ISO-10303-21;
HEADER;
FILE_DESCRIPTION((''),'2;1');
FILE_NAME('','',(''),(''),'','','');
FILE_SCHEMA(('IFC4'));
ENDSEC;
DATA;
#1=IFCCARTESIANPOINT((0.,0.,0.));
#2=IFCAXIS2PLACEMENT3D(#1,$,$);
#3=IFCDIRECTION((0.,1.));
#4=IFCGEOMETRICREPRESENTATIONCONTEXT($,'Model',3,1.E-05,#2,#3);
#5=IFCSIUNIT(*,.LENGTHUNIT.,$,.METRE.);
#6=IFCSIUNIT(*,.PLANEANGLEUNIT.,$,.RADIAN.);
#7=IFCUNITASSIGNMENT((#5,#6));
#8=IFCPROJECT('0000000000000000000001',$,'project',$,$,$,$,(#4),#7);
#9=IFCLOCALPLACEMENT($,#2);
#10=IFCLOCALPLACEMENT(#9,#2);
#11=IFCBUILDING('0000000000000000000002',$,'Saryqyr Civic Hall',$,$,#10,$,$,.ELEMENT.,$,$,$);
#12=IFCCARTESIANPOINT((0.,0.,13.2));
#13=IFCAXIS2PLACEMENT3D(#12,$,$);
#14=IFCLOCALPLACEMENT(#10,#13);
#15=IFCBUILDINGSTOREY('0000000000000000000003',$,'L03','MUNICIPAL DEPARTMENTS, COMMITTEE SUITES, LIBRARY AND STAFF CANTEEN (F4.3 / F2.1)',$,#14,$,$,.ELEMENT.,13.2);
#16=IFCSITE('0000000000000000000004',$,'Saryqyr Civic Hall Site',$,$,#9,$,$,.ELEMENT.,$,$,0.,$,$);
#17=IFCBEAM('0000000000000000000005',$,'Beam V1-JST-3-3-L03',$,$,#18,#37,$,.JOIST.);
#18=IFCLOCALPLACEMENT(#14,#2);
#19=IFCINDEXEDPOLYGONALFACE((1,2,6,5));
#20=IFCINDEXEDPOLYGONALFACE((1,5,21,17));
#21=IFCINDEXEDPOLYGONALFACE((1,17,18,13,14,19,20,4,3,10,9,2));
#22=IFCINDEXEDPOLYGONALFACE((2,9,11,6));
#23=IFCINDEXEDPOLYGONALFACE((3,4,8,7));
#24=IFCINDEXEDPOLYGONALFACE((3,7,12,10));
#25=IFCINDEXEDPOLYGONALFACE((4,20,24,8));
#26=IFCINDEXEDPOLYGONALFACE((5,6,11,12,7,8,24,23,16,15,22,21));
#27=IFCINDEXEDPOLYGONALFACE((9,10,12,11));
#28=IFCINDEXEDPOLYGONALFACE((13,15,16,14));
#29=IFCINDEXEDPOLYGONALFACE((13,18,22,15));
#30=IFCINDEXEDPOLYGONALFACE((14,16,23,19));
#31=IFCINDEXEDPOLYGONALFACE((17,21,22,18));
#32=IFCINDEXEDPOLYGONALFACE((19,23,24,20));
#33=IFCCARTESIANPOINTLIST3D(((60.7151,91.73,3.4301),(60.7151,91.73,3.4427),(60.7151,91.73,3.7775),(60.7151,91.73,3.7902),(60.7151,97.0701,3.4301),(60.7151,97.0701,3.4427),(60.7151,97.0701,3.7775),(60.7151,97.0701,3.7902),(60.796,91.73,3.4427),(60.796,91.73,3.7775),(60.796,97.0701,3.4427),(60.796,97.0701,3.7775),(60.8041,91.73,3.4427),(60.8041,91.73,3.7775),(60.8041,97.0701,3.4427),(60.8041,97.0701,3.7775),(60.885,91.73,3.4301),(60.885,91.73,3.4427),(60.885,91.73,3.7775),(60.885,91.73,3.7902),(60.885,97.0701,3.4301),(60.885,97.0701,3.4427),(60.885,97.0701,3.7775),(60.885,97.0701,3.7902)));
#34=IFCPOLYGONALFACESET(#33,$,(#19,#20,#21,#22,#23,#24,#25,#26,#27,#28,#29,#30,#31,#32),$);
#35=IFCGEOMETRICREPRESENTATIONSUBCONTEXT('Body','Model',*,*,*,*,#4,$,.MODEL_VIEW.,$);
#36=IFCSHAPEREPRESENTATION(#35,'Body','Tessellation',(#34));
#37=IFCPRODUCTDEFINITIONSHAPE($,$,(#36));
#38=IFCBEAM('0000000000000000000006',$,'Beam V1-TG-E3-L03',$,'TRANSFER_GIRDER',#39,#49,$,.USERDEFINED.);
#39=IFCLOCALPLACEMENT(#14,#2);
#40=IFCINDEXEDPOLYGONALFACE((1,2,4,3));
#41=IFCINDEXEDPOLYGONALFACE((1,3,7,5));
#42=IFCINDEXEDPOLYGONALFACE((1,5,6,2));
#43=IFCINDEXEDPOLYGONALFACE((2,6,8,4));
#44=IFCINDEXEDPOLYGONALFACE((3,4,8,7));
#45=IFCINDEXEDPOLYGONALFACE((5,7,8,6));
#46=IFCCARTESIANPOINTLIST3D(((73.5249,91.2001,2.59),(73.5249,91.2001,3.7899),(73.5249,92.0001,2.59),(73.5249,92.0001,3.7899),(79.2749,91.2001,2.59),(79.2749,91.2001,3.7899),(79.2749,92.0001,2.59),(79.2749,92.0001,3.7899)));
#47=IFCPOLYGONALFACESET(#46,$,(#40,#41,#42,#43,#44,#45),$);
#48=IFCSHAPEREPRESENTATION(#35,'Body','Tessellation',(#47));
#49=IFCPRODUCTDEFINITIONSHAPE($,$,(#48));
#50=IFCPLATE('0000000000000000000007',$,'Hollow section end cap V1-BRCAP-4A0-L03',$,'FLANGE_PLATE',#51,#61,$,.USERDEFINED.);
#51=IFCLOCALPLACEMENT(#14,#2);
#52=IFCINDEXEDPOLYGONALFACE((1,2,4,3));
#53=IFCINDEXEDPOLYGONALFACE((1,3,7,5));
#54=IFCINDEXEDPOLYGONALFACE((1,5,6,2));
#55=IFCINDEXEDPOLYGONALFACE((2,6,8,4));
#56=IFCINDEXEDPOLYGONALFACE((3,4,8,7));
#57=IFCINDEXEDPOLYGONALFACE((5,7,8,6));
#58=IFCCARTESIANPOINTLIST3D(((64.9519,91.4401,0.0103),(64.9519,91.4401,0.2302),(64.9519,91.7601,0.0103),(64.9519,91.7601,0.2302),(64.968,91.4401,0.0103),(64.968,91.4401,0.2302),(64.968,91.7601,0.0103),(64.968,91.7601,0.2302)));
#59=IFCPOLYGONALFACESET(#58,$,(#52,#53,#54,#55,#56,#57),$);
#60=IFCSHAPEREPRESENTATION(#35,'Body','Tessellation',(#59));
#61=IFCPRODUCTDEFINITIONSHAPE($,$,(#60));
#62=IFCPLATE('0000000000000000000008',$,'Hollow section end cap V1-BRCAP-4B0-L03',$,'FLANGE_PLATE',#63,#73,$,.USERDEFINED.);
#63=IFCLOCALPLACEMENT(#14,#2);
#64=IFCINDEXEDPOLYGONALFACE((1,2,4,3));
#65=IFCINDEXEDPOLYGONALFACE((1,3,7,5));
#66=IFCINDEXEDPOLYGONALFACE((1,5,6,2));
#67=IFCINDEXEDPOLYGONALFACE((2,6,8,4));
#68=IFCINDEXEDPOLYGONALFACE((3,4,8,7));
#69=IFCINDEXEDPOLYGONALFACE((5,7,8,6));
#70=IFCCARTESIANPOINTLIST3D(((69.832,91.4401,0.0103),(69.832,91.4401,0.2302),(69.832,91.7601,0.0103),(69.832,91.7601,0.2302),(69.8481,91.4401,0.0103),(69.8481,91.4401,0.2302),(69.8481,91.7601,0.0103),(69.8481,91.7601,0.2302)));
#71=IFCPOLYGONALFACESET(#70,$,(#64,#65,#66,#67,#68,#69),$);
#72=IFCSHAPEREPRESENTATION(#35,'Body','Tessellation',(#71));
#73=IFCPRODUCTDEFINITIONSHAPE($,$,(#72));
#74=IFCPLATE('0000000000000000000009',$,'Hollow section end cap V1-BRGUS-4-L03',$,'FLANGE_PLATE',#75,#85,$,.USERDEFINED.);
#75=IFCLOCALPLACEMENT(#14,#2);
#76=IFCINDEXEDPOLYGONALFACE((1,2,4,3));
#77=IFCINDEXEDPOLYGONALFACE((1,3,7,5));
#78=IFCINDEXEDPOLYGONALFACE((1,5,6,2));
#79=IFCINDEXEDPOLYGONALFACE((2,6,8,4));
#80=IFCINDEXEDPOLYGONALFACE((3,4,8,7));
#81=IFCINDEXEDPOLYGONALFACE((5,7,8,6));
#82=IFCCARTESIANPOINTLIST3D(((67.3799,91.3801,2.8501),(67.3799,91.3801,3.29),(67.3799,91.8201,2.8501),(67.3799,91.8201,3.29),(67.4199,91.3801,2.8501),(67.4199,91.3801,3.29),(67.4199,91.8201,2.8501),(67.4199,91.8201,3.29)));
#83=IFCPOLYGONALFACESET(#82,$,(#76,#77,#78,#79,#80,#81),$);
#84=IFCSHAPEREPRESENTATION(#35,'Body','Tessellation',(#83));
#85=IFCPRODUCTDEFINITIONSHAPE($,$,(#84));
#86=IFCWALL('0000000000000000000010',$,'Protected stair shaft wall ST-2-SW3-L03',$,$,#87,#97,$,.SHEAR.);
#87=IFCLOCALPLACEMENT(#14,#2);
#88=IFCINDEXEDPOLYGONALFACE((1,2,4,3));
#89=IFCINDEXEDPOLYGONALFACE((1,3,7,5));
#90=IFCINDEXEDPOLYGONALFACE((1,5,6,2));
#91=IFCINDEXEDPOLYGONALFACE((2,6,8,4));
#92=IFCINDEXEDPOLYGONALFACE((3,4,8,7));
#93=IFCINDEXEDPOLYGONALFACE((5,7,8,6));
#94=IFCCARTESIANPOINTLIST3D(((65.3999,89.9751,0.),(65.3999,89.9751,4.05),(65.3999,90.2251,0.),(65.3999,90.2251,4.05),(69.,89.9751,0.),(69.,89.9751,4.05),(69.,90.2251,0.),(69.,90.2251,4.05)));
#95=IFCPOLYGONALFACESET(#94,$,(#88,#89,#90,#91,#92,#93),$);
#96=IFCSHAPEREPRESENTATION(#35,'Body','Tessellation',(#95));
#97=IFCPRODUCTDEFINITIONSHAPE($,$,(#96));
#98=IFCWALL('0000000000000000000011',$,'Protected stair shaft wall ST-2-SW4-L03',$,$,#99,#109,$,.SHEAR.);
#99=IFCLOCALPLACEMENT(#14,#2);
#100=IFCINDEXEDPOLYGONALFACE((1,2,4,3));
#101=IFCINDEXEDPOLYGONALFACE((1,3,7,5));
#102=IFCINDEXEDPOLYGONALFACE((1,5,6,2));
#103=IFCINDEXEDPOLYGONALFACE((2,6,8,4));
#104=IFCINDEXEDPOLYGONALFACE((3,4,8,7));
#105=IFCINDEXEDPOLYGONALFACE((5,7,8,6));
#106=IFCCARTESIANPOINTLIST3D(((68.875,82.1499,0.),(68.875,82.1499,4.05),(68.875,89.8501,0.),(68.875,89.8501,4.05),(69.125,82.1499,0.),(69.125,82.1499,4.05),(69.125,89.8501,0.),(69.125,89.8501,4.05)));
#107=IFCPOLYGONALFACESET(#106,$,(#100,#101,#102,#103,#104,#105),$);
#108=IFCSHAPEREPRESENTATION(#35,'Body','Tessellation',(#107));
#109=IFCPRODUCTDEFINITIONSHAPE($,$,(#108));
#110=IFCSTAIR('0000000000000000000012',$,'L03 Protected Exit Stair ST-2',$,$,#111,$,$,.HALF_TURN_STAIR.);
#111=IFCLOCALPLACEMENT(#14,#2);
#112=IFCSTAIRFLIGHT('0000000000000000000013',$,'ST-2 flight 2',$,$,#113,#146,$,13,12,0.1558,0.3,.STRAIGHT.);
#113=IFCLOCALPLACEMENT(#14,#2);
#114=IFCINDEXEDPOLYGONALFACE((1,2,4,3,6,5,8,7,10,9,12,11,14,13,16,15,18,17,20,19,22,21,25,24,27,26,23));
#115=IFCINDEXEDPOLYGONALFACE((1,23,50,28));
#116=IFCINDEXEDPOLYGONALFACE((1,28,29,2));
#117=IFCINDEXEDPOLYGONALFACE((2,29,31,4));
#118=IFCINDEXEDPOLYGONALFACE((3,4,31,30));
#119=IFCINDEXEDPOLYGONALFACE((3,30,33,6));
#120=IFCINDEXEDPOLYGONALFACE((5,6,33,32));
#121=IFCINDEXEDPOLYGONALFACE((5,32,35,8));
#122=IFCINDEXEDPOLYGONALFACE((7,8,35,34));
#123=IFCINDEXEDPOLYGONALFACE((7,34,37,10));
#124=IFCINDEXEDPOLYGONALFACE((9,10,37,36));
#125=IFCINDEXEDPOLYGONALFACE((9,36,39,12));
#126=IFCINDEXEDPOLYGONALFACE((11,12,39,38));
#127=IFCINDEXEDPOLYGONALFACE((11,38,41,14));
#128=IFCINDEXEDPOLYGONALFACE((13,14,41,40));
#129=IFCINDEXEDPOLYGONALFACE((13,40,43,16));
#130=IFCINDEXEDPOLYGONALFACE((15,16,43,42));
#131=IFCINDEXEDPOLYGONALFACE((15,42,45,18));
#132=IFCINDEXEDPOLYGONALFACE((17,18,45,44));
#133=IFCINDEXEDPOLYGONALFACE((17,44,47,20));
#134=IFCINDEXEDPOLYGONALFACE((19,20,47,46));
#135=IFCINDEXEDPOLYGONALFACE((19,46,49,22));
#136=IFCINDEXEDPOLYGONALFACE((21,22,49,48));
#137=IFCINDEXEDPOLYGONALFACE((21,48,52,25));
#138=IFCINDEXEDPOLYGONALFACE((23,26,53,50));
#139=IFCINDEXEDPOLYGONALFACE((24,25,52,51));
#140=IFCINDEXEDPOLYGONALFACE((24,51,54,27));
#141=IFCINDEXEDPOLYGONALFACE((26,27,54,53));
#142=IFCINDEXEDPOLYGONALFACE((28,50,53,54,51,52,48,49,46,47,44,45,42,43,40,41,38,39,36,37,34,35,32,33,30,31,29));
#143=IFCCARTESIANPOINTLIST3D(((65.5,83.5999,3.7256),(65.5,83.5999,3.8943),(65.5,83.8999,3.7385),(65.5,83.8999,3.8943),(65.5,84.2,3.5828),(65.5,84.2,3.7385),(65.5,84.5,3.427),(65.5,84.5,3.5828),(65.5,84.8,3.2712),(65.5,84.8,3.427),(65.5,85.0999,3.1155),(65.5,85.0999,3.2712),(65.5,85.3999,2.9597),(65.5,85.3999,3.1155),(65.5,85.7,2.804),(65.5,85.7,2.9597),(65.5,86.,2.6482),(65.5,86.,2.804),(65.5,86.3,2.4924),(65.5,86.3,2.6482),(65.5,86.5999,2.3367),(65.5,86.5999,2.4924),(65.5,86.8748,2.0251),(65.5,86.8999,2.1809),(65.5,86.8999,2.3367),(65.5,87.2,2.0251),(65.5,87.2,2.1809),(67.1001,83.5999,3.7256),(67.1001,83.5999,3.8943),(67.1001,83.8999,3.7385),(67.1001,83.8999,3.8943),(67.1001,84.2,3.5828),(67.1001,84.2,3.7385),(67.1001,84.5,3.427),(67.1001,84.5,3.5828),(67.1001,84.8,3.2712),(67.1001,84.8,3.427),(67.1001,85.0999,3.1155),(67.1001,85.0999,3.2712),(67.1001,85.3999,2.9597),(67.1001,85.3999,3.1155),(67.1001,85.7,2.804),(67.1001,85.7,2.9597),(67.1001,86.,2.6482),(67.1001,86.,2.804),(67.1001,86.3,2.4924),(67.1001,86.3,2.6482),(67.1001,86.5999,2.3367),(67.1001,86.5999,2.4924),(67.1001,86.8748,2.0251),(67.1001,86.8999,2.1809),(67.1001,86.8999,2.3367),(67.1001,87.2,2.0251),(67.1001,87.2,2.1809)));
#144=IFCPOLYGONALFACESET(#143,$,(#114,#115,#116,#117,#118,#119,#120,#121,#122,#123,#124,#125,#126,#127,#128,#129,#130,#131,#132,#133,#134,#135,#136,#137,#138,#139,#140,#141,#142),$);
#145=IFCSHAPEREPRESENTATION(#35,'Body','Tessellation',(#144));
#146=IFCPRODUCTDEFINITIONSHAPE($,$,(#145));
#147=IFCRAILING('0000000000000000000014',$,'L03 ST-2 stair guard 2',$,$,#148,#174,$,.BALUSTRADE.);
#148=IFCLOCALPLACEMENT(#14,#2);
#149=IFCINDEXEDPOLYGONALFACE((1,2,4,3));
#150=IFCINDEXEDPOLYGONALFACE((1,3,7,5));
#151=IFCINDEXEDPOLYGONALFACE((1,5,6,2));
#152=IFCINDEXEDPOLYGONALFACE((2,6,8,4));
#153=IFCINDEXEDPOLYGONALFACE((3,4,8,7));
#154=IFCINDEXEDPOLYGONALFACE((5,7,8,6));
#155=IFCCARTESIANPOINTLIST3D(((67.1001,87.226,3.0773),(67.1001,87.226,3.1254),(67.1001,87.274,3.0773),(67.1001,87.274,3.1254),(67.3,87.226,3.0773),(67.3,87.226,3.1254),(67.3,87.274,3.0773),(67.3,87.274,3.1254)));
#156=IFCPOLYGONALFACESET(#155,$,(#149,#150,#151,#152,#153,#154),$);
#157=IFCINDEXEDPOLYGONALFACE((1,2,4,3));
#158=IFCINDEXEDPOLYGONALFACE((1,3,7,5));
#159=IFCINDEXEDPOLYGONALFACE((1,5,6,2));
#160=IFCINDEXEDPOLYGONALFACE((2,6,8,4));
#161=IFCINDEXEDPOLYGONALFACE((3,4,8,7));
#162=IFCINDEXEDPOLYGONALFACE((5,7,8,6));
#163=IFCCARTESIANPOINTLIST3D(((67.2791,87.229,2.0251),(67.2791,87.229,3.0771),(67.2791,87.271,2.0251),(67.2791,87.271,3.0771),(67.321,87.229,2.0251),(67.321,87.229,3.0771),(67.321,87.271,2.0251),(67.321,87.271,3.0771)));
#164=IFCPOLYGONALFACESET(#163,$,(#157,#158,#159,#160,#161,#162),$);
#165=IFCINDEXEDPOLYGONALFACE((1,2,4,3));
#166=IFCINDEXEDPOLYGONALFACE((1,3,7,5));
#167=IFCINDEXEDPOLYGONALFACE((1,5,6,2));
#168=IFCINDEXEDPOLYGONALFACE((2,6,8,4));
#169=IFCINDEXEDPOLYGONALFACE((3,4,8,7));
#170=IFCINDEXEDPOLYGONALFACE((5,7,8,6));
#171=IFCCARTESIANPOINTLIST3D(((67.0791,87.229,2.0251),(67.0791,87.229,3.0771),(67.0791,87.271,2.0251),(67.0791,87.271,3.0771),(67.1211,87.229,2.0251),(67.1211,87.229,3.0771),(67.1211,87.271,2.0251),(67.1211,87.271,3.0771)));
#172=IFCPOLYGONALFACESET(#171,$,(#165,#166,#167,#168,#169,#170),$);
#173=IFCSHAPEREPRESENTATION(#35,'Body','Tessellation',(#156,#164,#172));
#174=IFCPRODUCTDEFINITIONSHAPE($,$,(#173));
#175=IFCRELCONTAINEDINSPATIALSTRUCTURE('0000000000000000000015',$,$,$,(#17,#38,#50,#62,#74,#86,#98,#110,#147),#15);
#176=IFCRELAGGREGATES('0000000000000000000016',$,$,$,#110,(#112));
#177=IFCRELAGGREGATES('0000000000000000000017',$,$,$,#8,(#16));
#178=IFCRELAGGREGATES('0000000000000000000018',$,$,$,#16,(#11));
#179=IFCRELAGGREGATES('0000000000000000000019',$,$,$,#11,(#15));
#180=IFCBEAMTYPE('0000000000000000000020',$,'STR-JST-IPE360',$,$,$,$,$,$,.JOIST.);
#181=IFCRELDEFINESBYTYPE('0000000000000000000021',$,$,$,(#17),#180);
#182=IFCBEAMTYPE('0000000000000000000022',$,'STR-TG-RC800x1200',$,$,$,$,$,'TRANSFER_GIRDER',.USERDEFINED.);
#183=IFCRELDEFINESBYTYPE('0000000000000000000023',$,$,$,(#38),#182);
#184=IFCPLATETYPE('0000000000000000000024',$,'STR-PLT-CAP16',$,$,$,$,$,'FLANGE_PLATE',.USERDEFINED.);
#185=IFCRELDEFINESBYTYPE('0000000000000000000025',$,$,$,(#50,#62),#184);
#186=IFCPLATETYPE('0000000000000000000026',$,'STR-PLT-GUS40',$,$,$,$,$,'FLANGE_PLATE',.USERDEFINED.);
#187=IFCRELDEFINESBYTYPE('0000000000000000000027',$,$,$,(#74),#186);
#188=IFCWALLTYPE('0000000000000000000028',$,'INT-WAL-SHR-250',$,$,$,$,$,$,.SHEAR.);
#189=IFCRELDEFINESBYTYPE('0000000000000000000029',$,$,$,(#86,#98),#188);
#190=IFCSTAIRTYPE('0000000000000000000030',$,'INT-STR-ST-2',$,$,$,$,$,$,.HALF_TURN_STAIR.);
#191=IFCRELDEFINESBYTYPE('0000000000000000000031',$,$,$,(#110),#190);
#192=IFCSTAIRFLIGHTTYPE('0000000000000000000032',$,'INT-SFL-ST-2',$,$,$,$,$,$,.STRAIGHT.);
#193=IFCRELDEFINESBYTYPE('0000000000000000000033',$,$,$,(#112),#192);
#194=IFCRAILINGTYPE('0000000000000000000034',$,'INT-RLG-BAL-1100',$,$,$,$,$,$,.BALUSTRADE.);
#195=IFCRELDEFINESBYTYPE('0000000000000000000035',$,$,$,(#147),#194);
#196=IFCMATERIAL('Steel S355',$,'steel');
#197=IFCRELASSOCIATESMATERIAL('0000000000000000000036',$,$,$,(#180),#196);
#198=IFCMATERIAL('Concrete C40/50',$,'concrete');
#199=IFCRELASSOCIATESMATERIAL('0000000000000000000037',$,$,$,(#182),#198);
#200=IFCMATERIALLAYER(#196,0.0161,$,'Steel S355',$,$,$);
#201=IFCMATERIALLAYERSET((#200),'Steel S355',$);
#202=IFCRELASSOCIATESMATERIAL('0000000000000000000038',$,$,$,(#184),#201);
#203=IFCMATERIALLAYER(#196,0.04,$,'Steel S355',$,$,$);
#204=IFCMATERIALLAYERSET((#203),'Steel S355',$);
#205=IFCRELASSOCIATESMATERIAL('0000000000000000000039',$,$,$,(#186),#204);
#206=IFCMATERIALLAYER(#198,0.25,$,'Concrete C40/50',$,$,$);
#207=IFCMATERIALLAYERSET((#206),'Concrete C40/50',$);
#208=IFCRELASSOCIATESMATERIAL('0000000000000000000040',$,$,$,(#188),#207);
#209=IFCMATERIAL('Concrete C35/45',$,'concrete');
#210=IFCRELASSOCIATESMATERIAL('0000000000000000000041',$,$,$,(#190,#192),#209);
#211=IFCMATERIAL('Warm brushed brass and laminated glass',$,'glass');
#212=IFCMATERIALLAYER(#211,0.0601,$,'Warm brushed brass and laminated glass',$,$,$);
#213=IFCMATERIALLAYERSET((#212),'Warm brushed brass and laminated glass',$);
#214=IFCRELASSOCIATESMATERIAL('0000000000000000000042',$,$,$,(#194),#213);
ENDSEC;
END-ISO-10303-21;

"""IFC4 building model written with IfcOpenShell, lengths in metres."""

from ifc_helpers import new_model, si_unit, direction, frame, frame_2d, origin, origin_2d, place, context, subcontext, project, spatial, polyline, rectangle, i_section, outline, extrude, material, layer, layer_set, material_profile, profile_set, type_object, element, aggregate, save


model = new_model("IFC4")

# Units and contexts
model_context = context("Model", 3, precision=1e-05, world=origin(), true_north=direction((0.0, 1.0)))
body_context = subcontext(model_context, "Body", "Model", "MODEL_VIEW")
ifc_project = project(units=[si_unit("LENGTHUNIT", "METRE"), si_unit("PLANEANGLEUNIT", "RADIAN")], contexts=[model_context])

# Site, building, storey
site_placement = place(None, origin())
site = spatial("IfcSite", under=ifc_project, at=site_placement, Name="Saryqyr Civic Hall Site", CompositionType="ELEMENT", RefElevation=0.0)
building_placement = place(site_placement, origin())
building = spatial("IfcBuilding", under=site, at=building_placement, Name="Saryqyr Civic Hall", CompositionType="ELEMENT")
storey_placement = place(building_placement, frame((0.0, 0.0, 13.2)))
storey = spatial("IfcBuildingStorey", under=building, at=storey_placement, Name="L03", Description="MUNICIPAL DEPARTMENTS, COMMITTEE SUITES, LIBRARY AND STAFF CANTEEN (F4.3 / F2.1)", CompositionType="ELEMENT", Elevation=13.2)

# Shared definitions
ifc_material_1 = material(Name="Concrete C40/50", Category="concrete")

# Shared definitions
ifc_material_2 = material(Name="Concrete C35/45", Category="concrete")

# Shared definitions
ifc_material_3 = material(Name="Steel S355", Category="steel")

# Beams
ifc_material_profile_1 = material_profile(ifc_material_3, i_section(OverallWidth=0.1699, OverallDepth=0.3601, WebThickness=0.0081, FlangeThickness=0.0127, at=origin_2d()), Name="IPE 360")
ifc_profile_set_1 = profile_set([ifc_material_profile_1], Name="Steel S355")
beam_type_1 = type_object("IfcBeamType", Name="STR-JST-IPE360", PredefinedType="JOIST", material=ifc_profile_set_1)
beam_1_placement = place(storey_placement, frame((60.8, 91.73, 3.6101), z_axis=(0.0, 1.0, 0.0), x_axis=(-1.0, 0.0, 0.0)))
element("IfcBeam", 1, at=beam_1_placement, inside=storey, type_object=beam_type_1, Name="Beam V1-JST-3-3-L03", PredefinedType="JOIST", context=body_context, shape_type="SweptSolid", body=[
    extrude(i_section(OverallWidth=0.1699, OverallDepth=0.3601, WebThickness=0.0081, FlangeThickness=0.0127, at=origin_2d()), origin(), (0.0, 0.0, 1.0), 5.3401),
])
ifc_material_profile_2 = material_profile(ifc_material_1, rectangle(XDim=0.8, YDim=1.2, at=origin_2d()), Name="RC 800x1200")
ifc_profile_set_2 = profile_set([ifc_material_profile_2], Name="Concrete C40/50")
beam_type_2 = type_object("IfcBeamType", Name="STR-TG-RC800x1200", ElementType="TRANSFER_GIRDER", PredefinedType="USERDEFINED", material=ifc_profile_set_2)
beam_2_placement = place(storey_placement, frame((73.5249, 91.6001, 3.1899), z_axis=(1.0, 0.0, 0.0), x_axis=(0.0, 1.0, 0.0)))
element("IfcBeam", 2, at=beam_2_placement, inside=storey, type_object=beam_type_2, Name="Beam V1-TG-E3-L03", ObjectType="TRANSFER_GIRDER", PredefinedType="USERDEFINED", context=body_context, shape_type="SweptSolid", body=[
    extrude(rectangle(XDim=0.8, YDim=1.2, at=origin_2d()), origin(), (0.0, 0.0, 1.0), 5.75),
])

# Plates
ifc_layer_1 = layer(ifc_material_3, 0.0161, Name="Steel S355")
ifc_layer_set_1 = layer_set([ifc_layer_1], Name="Steel S355")
plate_type_1 = type_object("IfcPlateType", Name="STR-PLT-CAP16", ElementType="FLANGE_PLATE", PredefinedType="USERDEFINED", material=ifc_layer_set_1)
for number, where, z_axis, x_axis, name in (
    (3, (64.96, 91.6001, 0.0103), (0.0, 0.0, 1.0), (1.0, 0.0, 0.0), "Hollow section end cap V1-BRCAP-4A0-L03"),
    (4, (69.8401, 91.6001, 0.0103), (0.0, 0.0, 1.0), (1.0, 0.0, 0.0), "Hollow section end cap V1-BRCAP-4B0-L03"),
):
    element("IfcPlate", number, at=place(storey_placement, frame(where, z_axis=z_axis, x_axis=x_axis)), inside=storey, type_object=plate_type_1, Name=name, ObjectType="FLANGE_PLATE", PredefinedType="USERDEFINED", context=body_context, shape_type="SweptSolid", body=[
        extrude(rectangle(XDim=0.0161, YDim=0.3201, at=origin_2d()), origin(), (0.0, 0.0, 1.0), 0.22),
    ])
ifc_layer_2 = layer(ifc_material_3, 0.04, Name="Steel S355")
ifc_layer_set_2 = layer_set([ifc_layer_2], Name="Steel S355")
plate_type_2 = type_object("IfcPlateType", Name="STR-PLT-GUS40", ElementType="FLANGE_PLATE", PredefinedType="USERDEFINED", material=ifc_layer_set_2)
plate_placement = place(storey_placement, frame((67.3999, 91.6001, 2.8501), z_axis=(0.0, 0.0, 1.0), x_axis=(1.0, 0.0, 0.0)))
element("IfcPlate", 5, at=plate_placement, inside=storey, type_object=plate_type_2, Name="Hollow section end cap V1-BRGUS-4-L03", ObjectType="FLANGE_PLATE", PredefinedType="USERDEFINED", context=body_context, shape_type="SweptSolid", body=[
    extrude(rectangle(XDim=0.04, YDim=0.4399, at=origin_2d()), origin(), (0.0, 0.0, 1.0), 0.4399),
])

# Walls
ifc_layer_3 = layer(ifc_material_1, 0.25, Name="Concrete C40/50")
ifc_layer_set_3 = layer_set([ifc_layer_3], Name="Concrete C40/50")
wall_type = type_object("IfcWallType", Name="INT-WAL-SHR-250", PredefinedType="SHEAR", material=ifc_layer_set_3)
wall_1_placement = place(storey_placement, frame((65.3999, 90.1001, 0.0), z_axis=(0.0, 0.0, 1.0), x_axis=(1.0, 0.0, 0.0)))
element("IfcWall", 6, at=wall_1_placement, inside=storey, type_object=wall_type, Name="Protected stair shaft wall ST-2-SW3-L03", PredefinedType="SHEAR", context=body_context, shape_type="SweptSolid", body=[
    extrude(rectangle(XDim=3.6001, YDim=0.25, at=frame_2d((1.8, 0.0))), origin(), (0.0, 0.0, 1.0), 4.05),
])
wall_2_placement = place(storey_placement, frame((69.0, 89.8501, 0.0), z_axis=(0.0, 0.0, 1.0), x_axis=(0.0, -1.0, 0.0)))
element("IfcWall", 7, at=wall_2_placement, inside=storey, type_object=wall_type, Name="Protected stair shaft wall ST-2-SW4-L03", PredefinedType="SHEAR", context=body_context, shape_type="SweptSolid", body=[
    extrude(rectangle(XDim=7.7002, YDim=0.25, at=frame_2d((3.8501, 0.0))), origin(), (0.0, 0.0, 1.0), 4.05),
])

# Stair, stair flight
stair_type = type_object("IfcStairType", Name="INT-STR-ST-2", PredefinedType="HALF_TURN_STAIR", material=ifc_material_2)
stair_placement = place(storey_placement, origin())
stair = element("IfcStair", 8, at=stair_placement, inside=storey, type_object=stair_type, Name="L03 Protected Exit Stair ST-2", PredefinedType="HALF_TURN_STAIR")
stair_flight_type = type_object("IfcStairFlightType", Name="INT-SFL-ST-2", PredefinedType="STRAIGHT", material=ifc_material_2)
stair_flight_placement = place(storey_placement, frame((66.3, 87.2, 2.0251), z_axis=(0.0, 0.0, 1.0), x_axis=(0.0, -1.0, 0.0)))
stair_flight = element("IfcStairFlight", 9, at=stair_flight_placement, type_object=stair_flight_type, Name="ST-2 flight 2", NumberOfRisers=13, NumberOfTreads=12, PredefinedType="STRAIGHT", RiserHeight=0.1558, TreadLength=0.3, context=body_context, shape_type="SweptSolid", body=[
    extrude(outline(polyline([(0.0, 0.0), (0.0, 0.1558), (0.3, 0.1558), (0.3, 0.3115), (0.6001, 0.3115), (0.6001, 0.4673), (0.8999, 0.4673), (0.8999, 0.623), (1.2, 0.623), (1.2, 0.7788), (1.5, 0.7788), (1.5, 0.9346), (1.8, 0.9346), (1.8, 1.0903), (2.1001, 1.0903), (2.1001, 1.2461), (2.3999, 1.2461), (2.3999, 1.4019), (2.7, 1.4019), (2.7, 1.5576), (3.0, 1.5576), (3.0, 1.7134), (3.3, 1.7134), (3.3, 1.8691), (3.6001, 1.8691), (3.6001, 2.0249), (3.6001, 1.7004), (0.3252, 0.0), (0.0, 0.0)])), frame((0.0, 0.8, 0.0), z_axis=(0.0, -1.0, 0.0), x_axis=(1.0, 0.0, 0.0)), (0.0, 0.0, 1.0), 1.6001),
])
aggregate(stair, [stair_flight])

# Railing
ifc_material_4 = material(Name="Warm brushed brass and laminated glass", Category="glass")
ifc_layer_4 = layer(ifc_material_4, 0.0601, Name="Warm brushed brass and laminated glass")
ifc_layer_set_4 = layer_set([ifc_layer_4], Name="Warm brushed brass and laminated glass")
railing_type_1 = type_object("IfcRailingType", Name="INT-RLG-BAL-1100", PredefinedType="BALUSTRADE", material=ifc_layer_set_4)
railing_1_placement = place(storey_placement, frame((67.3, 87.25, 2.0251)))
element("IfcRailing", 10, at=railing_1_placement, inside=storey, type_object=railing_type_1, Name="L03 ST-2 stair guard 2", PredefinedType="BALUSTRADE", context=body_context, shape_type="SweptSolid", body=[
    extrude(rectangle(XDim=0.0481, YDim=0.0481, at=origin_2d()), frame((0.0, 0.0, 1.0762), z_axis=(-1.0, 0.0, 0.0), x_axis=(0.0, -1.0, 0.0)), (0.0, 0.0, 1.0), 0.2),
    extrude(rectangle(XDim=0.042, YDim=0.042, at=origin_2d()), origin(), (0.0, 0.0, 1.0), 1.052),
    extrude(rectangle(XDim=0.042, YDim=0.042, at=origin_2d()), frame((-0.2, 0.0, 0.0)), (0.0, 0.0, 1.0), 1.052),
])

save(model, "model.ifc")
